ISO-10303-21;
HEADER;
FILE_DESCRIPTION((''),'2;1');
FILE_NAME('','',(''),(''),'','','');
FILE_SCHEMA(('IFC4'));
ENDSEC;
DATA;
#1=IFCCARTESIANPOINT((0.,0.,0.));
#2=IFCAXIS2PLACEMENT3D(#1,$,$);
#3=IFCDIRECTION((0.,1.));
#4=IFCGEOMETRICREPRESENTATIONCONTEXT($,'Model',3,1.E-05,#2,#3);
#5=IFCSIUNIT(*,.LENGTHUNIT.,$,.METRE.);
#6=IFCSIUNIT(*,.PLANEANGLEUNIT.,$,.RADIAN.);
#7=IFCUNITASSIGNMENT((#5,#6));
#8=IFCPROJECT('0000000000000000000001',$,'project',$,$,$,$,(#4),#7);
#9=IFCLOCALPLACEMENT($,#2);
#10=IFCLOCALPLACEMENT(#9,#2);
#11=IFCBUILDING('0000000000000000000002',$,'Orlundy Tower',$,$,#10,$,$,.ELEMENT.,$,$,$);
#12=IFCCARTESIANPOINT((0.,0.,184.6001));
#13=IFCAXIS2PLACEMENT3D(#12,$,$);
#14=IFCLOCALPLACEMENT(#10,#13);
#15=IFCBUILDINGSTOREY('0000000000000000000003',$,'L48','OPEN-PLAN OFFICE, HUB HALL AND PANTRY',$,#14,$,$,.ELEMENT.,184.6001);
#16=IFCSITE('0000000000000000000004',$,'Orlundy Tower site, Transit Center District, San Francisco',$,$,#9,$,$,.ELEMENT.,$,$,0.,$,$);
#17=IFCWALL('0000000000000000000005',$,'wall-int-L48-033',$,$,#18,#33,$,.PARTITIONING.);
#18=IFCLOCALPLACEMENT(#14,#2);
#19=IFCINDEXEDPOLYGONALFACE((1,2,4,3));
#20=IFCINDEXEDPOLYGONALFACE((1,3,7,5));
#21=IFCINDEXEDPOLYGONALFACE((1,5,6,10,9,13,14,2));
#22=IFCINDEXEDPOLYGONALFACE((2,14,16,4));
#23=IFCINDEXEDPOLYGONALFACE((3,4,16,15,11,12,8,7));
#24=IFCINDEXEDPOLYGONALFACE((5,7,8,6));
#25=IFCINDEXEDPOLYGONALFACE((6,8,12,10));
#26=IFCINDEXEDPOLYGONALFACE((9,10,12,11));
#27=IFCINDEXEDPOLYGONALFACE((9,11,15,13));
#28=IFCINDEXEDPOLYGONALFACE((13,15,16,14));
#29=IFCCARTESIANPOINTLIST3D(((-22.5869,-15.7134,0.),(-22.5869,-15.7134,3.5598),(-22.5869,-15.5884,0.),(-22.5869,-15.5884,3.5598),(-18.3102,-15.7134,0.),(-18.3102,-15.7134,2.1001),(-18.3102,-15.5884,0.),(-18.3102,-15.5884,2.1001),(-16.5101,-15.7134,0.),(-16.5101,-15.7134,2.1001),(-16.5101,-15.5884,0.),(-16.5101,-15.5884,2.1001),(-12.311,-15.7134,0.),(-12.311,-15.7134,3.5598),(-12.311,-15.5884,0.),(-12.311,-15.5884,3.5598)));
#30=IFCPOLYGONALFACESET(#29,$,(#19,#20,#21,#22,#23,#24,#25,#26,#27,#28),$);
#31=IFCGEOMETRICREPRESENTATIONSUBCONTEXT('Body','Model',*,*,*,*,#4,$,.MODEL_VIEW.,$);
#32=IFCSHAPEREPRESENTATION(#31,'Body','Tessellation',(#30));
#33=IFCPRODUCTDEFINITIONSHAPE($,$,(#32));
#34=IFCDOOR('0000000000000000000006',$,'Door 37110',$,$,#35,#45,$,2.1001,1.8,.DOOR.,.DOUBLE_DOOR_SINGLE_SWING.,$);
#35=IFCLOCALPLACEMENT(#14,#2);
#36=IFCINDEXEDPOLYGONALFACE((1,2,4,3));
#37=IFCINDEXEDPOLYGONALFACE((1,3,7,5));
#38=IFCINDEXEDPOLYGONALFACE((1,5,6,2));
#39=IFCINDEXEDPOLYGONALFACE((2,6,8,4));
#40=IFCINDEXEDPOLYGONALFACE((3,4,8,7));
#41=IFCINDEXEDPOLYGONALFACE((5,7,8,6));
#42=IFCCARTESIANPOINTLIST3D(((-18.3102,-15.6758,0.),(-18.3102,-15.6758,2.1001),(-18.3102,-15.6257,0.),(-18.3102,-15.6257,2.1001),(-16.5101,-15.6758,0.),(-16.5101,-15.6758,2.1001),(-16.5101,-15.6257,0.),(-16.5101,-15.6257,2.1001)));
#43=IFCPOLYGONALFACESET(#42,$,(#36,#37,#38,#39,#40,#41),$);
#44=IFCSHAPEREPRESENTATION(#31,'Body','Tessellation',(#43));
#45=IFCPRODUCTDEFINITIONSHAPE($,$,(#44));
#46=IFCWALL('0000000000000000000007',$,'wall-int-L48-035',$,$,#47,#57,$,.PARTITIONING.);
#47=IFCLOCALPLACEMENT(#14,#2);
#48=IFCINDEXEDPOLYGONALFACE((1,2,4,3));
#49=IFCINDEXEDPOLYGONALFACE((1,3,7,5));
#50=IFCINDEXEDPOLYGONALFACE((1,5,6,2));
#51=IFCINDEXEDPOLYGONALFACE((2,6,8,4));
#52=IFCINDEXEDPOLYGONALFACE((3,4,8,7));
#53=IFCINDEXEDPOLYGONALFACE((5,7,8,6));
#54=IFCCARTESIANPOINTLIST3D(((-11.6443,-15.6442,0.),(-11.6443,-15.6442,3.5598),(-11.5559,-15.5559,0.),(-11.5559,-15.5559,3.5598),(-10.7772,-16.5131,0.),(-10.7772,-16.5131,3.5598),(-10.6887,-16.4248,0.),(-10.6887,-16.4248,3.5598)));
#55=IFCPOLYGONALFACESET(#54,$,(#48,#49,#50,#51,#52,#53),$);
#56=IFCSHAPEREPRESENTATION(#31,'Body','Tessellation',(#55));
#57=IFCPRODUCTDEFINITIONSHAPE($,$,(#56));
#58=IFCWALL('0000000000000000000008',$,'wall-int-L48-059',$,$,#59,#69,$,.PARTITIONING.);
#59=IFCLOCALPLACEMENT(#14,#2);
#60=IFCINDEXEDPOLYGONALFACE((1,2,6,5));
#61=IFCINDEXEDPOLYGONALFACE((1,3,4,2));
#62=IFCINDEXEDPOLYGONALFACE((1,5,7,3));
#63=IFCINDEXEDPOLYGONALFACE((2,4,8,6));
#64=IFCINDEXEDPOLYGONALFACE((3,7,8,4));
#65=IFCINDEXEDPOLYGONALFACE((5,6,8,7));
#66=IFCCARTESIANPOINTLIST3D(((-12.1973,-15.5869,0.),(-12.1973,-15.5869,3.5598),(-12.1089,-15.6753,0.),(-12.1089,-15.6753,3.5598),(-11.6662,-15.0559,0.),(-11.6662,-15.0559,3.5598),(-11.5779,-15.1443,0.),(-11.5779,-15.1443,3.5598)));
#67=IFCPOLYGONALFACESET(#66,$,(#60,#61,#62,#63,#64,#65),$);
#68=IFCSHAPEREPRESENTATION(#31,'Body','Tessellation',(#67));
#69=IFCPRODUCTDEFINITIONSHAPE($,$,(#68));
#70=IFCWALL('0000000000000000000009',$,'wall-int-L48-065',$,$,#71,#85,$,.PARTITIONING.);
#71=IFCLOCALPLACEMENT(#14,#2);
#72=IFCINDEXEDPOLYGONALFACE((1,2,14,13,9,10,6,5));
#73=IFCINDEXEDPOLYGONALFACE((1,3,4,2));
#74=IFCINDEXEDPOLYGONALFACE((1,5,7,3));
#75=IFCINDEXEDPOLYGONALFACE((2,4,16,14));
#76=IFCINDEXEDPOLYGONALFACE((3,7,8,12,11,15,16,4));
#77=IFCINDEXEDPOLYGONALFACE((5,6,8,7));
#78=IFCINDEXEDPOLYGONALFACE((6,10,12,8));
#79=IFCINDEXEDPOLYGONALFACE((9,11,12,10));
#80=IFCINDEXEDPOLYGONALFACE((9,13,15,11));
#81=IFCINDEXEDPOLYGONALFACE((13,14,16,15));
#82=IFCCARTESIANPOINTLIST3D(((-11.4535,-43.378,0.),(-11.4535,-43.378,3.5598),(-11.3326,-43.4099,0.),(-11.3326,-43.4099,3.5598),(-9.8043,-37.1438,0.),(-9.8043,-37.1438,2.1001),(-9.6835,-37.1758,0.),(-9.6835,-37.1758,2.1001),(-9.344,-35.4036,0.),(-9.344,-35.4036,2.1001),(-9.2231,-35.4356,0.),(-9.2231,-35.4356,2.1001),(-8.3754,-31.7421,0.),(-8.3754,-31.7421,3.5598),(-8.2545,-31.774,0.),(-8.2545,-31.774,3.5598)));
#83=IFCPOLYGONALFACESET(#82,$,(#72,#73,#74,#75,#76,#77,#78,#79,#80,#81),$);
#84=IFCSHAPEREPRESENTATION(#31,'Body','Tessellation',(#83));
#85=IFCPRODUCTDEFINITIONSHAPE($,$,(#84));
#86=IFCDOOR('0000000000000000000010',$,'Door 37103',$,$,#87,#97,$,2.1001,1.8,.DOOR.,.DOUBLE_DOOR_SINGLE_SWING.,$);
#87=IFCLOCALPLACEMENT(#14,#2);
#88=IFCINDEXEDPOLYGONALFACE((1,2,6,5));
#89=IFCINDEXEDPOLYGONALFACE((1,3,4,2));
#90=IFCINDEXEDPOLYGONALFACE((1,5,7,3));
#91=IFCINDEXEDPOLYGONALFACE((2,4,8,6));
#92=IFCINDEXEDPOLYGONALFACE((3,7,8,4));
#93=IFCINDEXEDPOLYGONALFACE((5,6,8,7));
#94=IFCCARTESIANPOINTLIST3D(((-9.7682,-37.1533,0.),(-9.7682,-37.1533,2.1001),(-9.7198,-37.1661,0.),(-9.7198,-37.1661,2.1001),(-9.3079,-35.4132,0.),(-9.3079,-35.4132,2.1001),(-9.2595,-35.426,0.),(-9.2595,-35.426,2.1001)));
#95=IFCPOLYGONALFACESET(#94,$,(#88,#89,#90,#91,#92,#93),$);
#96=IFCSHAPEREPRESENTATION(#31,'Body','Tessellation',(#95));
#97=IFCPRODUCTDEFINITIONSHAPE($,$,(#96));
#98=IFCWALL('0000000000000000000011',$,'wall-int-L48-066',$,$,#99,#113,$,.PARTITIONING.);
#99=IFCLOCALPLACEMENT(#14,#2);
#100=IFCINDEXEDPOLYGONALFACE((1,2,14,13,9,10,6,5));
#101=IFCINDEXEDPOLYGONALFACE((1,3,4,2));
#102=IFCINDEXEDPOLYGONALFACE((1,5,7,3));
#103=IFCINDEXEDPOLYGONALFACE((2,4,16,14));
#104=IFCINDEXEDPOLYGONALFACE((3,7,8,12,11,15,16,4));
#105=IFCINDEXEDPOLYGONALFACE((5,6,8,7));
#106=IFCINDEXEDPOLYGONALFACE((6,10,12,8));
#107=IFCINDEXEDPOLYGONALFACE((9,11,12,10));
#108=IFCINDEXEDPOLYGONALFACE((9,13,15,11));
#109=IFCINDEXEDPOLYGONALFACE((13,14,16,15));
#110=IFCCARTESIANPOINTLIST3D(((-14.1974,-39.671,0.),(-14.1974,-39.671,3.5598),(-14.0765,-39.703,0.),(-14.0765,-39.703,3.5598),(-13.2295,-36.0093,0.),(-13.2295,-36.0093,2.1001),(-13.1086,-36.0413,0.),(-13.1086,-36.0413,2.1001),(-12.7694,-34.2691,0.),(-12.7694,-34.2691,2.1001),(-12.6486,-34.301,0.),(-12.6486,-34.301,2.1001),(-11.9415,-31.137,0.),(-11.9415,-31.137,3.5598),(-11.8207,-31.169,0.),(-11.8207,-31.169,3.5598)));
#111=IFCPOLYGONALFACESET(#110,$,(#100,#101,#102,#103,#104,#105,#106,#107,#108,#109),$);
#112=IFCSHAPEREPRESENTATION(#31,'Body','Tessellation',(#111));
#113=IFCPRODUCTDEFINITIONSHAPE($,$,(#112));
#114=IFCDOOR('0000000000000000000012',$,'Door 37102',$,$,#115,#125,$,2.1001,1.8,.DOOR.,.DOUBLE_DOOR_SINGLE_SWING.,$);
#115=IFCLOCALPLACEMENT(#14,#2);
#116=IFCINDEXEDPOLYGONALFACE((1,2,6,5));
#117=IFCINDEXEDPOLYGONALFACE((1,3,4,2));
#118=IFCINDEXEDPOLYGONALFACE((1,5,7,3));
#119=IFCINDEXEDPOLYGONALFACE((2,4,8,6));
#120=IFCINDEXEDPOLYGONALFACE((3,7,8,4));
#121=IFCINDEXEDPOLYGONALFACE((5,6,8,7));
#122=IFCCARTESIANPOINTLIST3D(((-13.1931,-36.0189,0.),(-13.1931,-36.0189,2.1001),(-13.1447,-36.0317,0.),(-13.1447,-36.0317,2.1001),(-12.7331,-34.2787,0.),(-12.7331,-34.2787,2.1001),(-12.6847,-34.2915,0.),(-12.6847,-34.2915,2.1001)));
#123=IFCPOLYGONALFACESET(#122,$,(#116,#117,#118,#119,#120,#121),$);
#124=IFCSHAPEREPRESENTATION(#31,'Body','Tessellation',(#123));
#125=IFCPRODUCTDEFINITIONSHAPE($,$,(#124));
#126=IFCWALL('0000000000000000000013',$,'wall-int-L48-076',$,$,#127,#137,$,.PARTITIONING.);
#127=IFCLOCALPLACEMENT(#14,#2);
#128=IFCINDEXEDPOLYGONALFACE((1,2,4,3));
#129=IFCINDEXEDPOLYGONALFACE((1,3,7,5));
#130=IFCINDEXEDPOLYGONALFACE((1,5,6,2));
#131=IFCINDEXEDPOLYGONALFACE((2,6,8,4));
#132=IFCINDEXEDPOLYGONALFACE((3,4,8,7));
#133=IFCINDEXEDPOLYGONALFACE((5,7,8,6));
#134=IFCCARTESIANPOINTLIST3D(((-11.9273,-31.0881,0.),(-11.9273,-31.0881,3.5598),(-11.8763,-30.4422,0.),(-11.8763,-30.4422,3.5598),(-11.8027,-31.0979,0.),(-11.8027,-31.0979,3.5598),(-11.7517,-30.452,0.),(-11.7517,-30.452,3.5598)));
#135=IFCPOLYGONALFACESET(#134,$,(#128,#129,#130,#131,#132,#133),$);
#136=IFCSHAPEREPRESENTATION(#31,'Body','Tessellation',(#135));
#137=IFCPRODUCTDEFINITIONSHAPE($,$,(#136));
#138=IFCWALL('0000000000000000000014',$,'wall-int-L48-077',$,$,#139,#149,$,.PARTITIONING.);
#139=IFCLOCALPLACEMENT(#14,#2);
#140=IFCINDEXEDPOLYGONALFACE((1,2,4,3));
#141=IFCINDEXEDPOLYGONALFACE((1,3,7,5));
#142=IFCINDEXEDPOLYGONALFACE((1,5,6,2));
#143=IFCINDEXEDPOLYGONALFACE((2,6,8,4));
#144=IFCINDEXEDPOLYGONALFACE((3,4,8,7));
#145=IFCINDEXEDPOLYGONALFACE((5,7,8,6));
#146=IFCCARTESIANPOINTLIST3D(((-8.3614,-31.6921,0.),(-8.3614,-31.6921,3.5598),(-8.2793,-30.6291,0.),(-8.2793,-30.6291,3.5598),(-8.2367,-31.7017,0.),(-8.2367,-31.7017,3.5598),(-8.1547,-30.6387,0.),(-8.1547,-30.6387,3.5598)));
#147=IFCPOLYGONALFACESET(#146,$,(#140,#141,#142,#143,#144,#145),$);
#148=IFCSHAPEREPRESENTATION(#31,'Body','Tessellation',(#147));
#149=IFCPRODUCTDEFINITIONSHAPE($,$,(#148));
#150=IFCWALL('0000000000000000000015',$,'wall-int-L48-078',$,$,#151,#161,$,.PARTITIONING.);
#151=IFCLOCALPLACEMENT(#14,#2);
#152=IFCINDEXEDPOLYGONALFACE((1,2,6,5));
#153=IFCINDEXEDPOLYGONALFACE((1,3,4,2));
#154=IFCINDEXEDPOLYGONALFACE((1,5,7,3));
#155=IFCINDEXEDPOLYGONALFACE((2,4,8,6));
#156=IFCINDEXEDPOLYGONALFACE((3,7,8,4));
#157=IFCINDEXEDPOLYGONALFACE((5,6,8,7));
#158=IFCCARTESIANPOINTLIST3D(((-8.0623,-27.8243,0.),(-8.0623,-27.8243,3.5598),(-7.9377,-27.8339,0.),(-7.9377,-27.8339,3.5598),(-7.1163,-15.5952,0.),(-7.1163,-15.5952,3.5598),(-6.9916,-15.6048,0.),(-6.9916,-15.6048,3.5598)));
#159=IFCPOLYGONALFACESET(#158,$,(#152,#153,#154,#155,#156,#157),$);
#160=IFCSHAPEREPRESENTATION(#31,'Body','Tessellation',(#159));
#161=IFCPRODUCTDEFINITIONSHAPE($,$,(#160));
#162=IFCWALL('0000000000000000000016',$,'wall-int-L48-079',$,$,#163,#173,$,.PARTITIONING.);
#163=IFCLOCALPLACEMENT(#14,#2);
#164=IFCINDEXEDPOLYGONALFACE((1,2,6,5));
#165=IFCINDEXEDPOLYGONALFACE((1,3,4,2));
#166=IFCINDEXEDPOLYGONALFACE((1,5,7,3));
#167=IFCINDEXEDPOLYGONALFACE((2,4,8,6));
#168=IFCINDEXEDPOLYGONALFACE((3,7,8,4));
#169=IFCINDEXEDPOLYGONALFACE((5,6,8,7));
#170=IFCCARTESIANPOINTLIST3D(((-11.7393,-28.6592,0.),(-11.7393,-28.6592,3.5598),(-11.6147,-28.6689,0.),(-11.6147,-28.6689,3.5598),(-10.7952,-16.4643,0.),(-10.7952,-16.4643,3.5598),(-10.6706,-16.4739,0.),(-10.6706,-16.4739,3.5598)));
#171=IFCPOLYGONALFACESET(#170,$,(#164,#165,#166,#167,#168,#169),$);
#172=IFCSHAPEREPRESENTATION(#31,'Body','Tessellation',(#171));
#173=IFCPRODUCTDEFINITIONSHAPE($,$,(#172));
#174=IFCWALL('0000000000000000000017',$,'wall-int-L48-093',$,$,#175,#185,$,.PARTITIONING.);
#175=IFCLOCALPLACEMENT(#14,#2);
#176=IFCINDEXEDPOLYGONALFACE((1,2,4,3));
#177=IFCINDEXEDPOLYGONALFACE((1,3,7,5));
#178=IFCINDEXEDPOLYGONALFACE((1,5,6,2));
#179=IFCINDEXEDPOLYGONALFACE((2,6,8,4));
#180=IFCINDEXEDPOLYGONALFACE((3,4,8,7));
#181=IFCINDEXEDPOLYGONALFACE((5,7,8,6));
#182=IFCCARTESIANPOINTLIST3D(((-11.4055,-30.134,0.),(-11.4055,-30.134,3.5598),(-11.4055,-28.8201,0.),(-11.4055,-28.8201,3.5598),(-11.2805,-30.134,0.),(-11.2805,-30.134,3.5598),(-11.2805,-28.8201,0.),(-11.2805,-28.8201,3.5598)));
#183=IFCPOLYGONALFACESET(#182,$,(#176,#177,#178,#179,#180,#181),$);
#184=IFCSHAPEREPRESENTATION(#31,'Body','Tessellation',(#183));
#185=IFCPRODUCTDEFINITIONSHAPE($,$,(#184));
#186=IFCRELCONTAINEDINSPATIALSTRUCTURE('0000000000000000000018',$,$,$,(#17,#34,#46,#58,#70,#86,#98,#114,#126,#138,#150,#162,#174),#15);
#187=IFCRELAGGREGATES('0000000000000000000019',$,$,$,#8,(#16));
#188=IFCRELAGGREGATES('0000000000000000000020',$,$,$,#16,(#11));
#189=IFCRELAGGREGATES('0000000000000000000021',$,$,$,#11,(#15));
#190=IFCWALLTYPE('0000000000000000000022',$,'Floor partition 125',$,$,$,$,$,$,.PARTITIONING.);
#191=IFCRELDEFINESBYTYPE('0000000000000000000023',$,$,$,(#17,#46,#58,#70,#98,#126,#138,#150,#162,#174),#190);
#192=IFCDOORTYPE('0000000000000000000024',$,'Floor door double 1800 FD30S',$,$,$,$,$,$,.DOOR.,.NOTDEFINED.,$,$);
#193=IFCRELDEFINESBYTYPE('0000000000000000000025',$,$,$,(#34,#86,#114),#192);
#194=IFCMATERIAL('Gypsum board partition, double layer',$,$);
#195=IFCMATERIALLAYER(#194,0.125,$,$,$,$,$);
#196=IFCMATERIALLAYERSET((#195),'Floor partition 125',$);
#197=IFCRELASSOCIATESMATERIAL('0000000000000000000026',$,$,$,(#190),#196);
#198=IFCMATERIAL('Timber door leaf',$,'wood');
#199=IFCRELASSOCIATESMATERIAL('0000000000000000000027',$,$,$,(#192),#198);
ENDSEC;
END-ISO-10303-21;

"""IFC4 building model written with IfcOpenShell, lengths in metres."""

from ifc_helpers import new_model, si_unit, direction, frame, frame_2d, origin, place, context, subcontext, project, spatial, rectangle, extrude, material, layer, layer_set, type_object, element, fill, save


model = new_model("IFC4")

# Units and contexts
model_context = context("Model", 3, precision=1e-05, world=origin(), true_north=direction((0.0, 1.0)))
body_context = subcontext(model_context, "Body", "Model", "MODEL_VIEW")
ifc_project = project(units=[si_unit("LENGTHUNIT", "METRE"), si_unit("PLANEANGLEUNIT", "RADIAN")], contexts=[model_context])

# Site, building, storey
site_placement = place(None, origin())
site = spatial("IfcSite", under=ifc_project, at=site_placement, Name="Orlundy Tower site, Transit Center District, San Francisco", CompositionType="ELEMENT", RefElevation=0.0)
building_placement = place(site_placement, origin())
building = spatial("IfcBuilding", under=site, at=building_placement, Name="Orlundy Tower", CompositionType="ELEMENT")
storey_placement = place(building_placement, frame((0.0, 0.0, 184.6001)))
storey = spatial("IfcBuildingStorey", under=building, at=storey_placement, Name="L48", Description="OPEN-PLAN OFFICE, HUB HALL AND PANTRY", CompositionType="ELEMENT", Elevation=184.6001)

# Shared definitions
ifc_material_1 = material(Name="Gypsum board partition, double layer")
ifc_layer_1 = layer(ifc_material_1, 0.125)
ifc_layer_set_1 = layer_set([ifc_layer_1], Name="Floor partition 125")
wall_type_1 = type_object("IfcWallType", Name="Floor partition 125", PredefinedType="PARTITIONING", material=ifc_layer_set_1)

# Wall, opening, door
wall_1_placement = place(storey_placement, frame((-12.311, -15.6509, 0.0), z_axis=(0.0, 0.0, 1.0), x_axis=(-1.0, 0.0, 0.0)))
wall_1 = element("IfcWall", 1, at=wall_1_placement, inside=storey, type_object=wall_type_1, Name="wall-int-L48-033", PredefinedType="PARTITIONING", context=body_context, shape_type="SweptSolid", body=[
    extrude(rectangle(XDim=10.2759, YDim=0.125, at=frame_2d((5.1379, 0.0))), origin(), (0.0, 0.0, 1.0), 3.5598),
])
opening_1_placement = place(wall_1_placement, frame((4.1992, 0.0, 0.0)))
opening_1 = element("IfcOpeningElement", 2, at=opening_1_placement, cuts=wall_1, PredefinedType="OPENING", context=body_context, shape_type="SweptSolid", body=[
    extrude(rectangle(XDim=1.8, YDim=2.1001, at=frame_2d((0.8999, 1.05))), frame((0.0, 0.0725, 0.0), z_axis=(0.0, -1.0, 0.0), x_axis=(1.0, 0.0, 0.0)), (0.0, 0.0, 1.0), 0.145),
])
ifc_material_2 = material(Name="Timber door leaf", Category="wood")
door_type_1 = type_object("IfcDoorType", Name="Floor door double 1800 FD30S", OperationType="NOTDEFINED", PredefinedType="DOOR", material=ifc_material_2)
door_1_placement = place(opening_1_placement, origin())
door_1 = element("IfcDoor", 3, at=door_1_placement, inside=storey, type_object=door_type_1, Name="Door 37110", OperationType="DOUBLE_DOOR_SINGLE_SWING", OverallHeight=2.1001, OverallWidth=1.8, PredefinedType="DOOR", context=body_context, shape_type="SweptSolid", body=[
    extrude(rectangle(XDim=1.8, YDim=2.1001, at=frame_2d((0.8999, 1.05))), frame((0.0, 0.0249, 0.0), z_axis=(0.0, -1.0, 0.0), x_axis=(1.0, 0.0, 0.0)), (0.0, 0.0, 1.0), 0.05),
])
fill(opening_1, door_1)

# Walls
wall_2_placement = place(storey_placement, frame((-11.6001, -15.6001, 0.0), z_axis=(0.0, 0.0, 1.0), x_axis=(0.70641, -0.707803, 0.0)))
element("IfcWall", 4, at=wall_2_placement, inside=storey, type_object=wall_type_1, Name="wall-int-L48-035", PredefinedType="PARTITIONING", context=body_context, shape_type="SweptSolid", body=[
    extrude(rectangle(XDim=1.2275, YDim=0.125, at=frame_2d((0.6138, 0.0))), origin(), (0.0, 0.0, 1.0), 3.5598),
])
wall_3_placement = place(storey_placement, frame((-12.1531, -15.6311, 0.0), z_axis=(0.0, 0.0, 1.0), x_axis=(0.707107, 0.707107, 0.0)))
element("IfcWall", 5, at=wall_3_placement, inside=storey, type_object=wall_type_1, Name="wall-int-L48-059", PredefinedType="PARTITIONING", context=body_context, shape_type="SweptSolid", body=[
    extrude(rectangle(XDim=0.751, YDim=0.125, at=frame_2d((0.3755, 0.0))), origin(), (0.0, 0.0, 1.0), 3.5598),
])

# Walls, openings, doors
wall_4_placement = place(storey_placement, frame((-8.3149, -31.7581, 0.0), z_axis=(0.0, 0.0, 1.0), x_axis=(-0.255738, -0.966746, 0.0)))
wall_4 = element("IfcWall", 6, at=wall_4_placement, inside=storey, type_object=wall_type_1, Name="wall-int-L48-065", PredefinedType="PARTITIONING", context=body_context, shape_type="SweptSolid", body=[
    extrude(rectangle(XDim=12.0361, YDim=0.125, at=frame_2d((6.0181, 0.0))), origin(), (0.0, 0.0, 1.0), 3.5598),
])
opening_2_placement = place(wall_4_placement, frame((3.7876, 0.0, 0.0)))
opening_2 = element("IfcOpeningElement", 7, at=opening_2_placement, cuts=wall_4, PredefinedType="OPENING", context=body_context, shape_type="SweptSolid", body=[
    extrude(rectangle(XDim=1.8, YDim=2.1001, at=frame_2d((0.8999, 1.05))), frame((0.0, 0.0725, 0.0), z_axis=(0.0, -1.0, 0.0), x_axis=(1.0, 0.0, 0.0)), (0.0, 0.0, 1.0), 0.145),
])
door_2_placement = place(opening_2_placement, origin())
door_2 = element("IfcDoor", 8, at=door_2_placement, inside=storey, type_object=door_type_1, Name="Door 37103", OperationType="DOUBLE_DOOR_SINGLE_SWING", OverallHeight=2.1001, OverallWidth=1.8, PredefinedType="DOOR", context=body_context, shape_type="SweptSolid", body=[
    extrude(rectangle(XDim=1.8, YDim=2.1001, at=frame_2d((0.8999, 1.05))), frame((0.0, 0.0249, 0.0), z_axis=(0.0, -1.0, 0.0), x_axis=(1.0, 0.0, 0.0)), (0.0, 0.0, 1.0), 0.05),
])
fill(opening_2, door_2)
wall_5_placement = place(storey_placement, frame((-14.137, -39.687, 0.0), z_axis=(0.0, 0.0, 1.0), x_axis=(0.255562, 0.966793, 0.0)))
wall_5 = element("IfcWall", 9, at=wall_5_placement, inside=storey, type_object=wall_type_1, Name="wall-int-L48-066", PredefinedType="PARTITIONING", context=body_context, shape_type="SweptSolid", body=[
    extrude(rectangle(XDim=8.8271, YDim=0.125, at=frame_2d((4.4136, 0.0))), origin(), (0.0, 0.0, 1.0), 3.5598),
])
opening_3_placement = place(wall_5_placement, frame((3.7876, 0.0, 0.0)))
opening_3 = element("IfcOpeningElement", 10, at=opening_3_placement, cuts=wall_5, PredefinedType="OPENING", context=body_context, shape_type="SweptSolid", body=[
    extrude(rectangle(XDim=1.8, YDim=2.1001, at=frame_2d((0.8999, 1.05))), frame((0.0, 0.0725, 0.0), z_axis=(0.0, -1.0, 0.0), x_axis=(1.0, 0.0, 0.0)), (0.0, 0.0, 1.0), 0.145),
])
door_3_placement = place(opening_3_placement, origin())
door_3 = element("IfcDoor", 11, at=door_3_placement, inside=storey, type_object=door_type_1, Name="Door 37102", OperationType="DOUBLE_DOOR_SINGLE_SWING", OverallHeight=2.1001, OverallWidth=1.8, PredefinedType="DOOR", context=body_context, shape_type="SweptSolid", body=[
    extrude(rectangle(XDim=1.8, YDim=2.1001, at=frame_2d((0.8999, 1.05))), frame((0.0, 0.0249, 0.0), z_axis=(0.0, -1.0, 0.0), x_axis=(1.0, 0.0, 0.0)), (0.0, 0.0, 1.0), 0.05),
])
fill(opening_3, door_3)

# Walls
wall_6_placement = place(storey_placement, frame((-11.865, -31.093, 0.0), z_axis=(0.0, 0.0, 1.0), x_axis=(0.078742, 0.996895, 0.0)))
element("IfcWall", 12, at=wall_6_placement, inside=storey, type_object=wall_type_1, Name="wall-int-L48-076", PredefinedType="PARTITIONING", context=body_context, shape_type="SweptSolid", body=[
    extrude(rectangle(XDim=0.6479, YDim=0.125, at=frame_2d((0.324, 0.0))), origin(), (0.0, 0.0, 1.0), 3.5598),
])
wall_7_placement = place(storey_placement, frame((-8.2991, -31.697, 0.0), z_axis=(0.0, 0.0, 1.0), x_axis=(0.076942, 0.997036, 0.0)))
element("IfcWall", 13, at=wall_7_placement, inside=storey, type_object=wall_type_1, Name="wall-int-L48-077", PredefinedType="PARTITIONING", context=body_context, shape_type="SweptSolid", body=[
    extrude(rectangle(XDim=1.0662, YDim=0.125, at=frame_2d((0.5332, 0.0))), origin(), (0.0, 0.0, 1.0), 3.5598),
])
wall_8_placement = place(storey_placement, frame((-8.0, -27.8291, 0.0), z_axis=(0.0, 0.0, 1.0), x_axis=(0.07713, 0.997021, 0.0)))
element("IfcWall", 14, at=wall_8_placement, inside=storey, type_object=wall_type_1, Name="wall-int-L48-078", PredefinedType="PARTITIONING", context=body_context, shape_type="SweptSolid", body=[
    extrude(rectangle(XDim=12.2656, YDim=0.125, at=frame_2d((6.1328, 0.0))), origin(), (0.0, 0.0, 1.0), 3.5598),
])
wall_9_placement = place(storey_placement, frame((-11.677, -28.6641, 0.0), z_axis=(0.0, 0.0, 1.0), x_axis=(0.077185, 0.997017, 0.0)))
element("IfcWall", 15, at=wall_9_placement, inside=storey, type_object=wall_type_1, Name="wall-int-L48-079", PredefinedType="PARTITIONING", context=body_context, shape_type="SweptSolid", body=[
    extrude(rectangle(XDim=12.2314, YDim=0.125, at=frame_2d((6.1157, 0.0))), origin(), (0.0, 0.0, 1.0), 3.5598),
])
wall_10_placement = place(storey_placement, frame((-11.343, -30.134, 0.0), z_axis=(0.0, 0.0, 1.0), x_axis=(0.0, 1.0, 0.0)))
element("IfcWall", 16, at=wall_10_placement, inside=storey, type_object=wall_type_1, Name="wall-int-L48-093", PredefinedType="PARTITIONING", context=body_context, shape_type="SweptSolid", body=[
    extrude(rectangle(XDim=1.314, YDim=0.125, at=frame_2d((0.657, 0.0))), origin(), (0.0, 0.0, 1.0), 3.5598),
])

save(model, "model.ifc")
